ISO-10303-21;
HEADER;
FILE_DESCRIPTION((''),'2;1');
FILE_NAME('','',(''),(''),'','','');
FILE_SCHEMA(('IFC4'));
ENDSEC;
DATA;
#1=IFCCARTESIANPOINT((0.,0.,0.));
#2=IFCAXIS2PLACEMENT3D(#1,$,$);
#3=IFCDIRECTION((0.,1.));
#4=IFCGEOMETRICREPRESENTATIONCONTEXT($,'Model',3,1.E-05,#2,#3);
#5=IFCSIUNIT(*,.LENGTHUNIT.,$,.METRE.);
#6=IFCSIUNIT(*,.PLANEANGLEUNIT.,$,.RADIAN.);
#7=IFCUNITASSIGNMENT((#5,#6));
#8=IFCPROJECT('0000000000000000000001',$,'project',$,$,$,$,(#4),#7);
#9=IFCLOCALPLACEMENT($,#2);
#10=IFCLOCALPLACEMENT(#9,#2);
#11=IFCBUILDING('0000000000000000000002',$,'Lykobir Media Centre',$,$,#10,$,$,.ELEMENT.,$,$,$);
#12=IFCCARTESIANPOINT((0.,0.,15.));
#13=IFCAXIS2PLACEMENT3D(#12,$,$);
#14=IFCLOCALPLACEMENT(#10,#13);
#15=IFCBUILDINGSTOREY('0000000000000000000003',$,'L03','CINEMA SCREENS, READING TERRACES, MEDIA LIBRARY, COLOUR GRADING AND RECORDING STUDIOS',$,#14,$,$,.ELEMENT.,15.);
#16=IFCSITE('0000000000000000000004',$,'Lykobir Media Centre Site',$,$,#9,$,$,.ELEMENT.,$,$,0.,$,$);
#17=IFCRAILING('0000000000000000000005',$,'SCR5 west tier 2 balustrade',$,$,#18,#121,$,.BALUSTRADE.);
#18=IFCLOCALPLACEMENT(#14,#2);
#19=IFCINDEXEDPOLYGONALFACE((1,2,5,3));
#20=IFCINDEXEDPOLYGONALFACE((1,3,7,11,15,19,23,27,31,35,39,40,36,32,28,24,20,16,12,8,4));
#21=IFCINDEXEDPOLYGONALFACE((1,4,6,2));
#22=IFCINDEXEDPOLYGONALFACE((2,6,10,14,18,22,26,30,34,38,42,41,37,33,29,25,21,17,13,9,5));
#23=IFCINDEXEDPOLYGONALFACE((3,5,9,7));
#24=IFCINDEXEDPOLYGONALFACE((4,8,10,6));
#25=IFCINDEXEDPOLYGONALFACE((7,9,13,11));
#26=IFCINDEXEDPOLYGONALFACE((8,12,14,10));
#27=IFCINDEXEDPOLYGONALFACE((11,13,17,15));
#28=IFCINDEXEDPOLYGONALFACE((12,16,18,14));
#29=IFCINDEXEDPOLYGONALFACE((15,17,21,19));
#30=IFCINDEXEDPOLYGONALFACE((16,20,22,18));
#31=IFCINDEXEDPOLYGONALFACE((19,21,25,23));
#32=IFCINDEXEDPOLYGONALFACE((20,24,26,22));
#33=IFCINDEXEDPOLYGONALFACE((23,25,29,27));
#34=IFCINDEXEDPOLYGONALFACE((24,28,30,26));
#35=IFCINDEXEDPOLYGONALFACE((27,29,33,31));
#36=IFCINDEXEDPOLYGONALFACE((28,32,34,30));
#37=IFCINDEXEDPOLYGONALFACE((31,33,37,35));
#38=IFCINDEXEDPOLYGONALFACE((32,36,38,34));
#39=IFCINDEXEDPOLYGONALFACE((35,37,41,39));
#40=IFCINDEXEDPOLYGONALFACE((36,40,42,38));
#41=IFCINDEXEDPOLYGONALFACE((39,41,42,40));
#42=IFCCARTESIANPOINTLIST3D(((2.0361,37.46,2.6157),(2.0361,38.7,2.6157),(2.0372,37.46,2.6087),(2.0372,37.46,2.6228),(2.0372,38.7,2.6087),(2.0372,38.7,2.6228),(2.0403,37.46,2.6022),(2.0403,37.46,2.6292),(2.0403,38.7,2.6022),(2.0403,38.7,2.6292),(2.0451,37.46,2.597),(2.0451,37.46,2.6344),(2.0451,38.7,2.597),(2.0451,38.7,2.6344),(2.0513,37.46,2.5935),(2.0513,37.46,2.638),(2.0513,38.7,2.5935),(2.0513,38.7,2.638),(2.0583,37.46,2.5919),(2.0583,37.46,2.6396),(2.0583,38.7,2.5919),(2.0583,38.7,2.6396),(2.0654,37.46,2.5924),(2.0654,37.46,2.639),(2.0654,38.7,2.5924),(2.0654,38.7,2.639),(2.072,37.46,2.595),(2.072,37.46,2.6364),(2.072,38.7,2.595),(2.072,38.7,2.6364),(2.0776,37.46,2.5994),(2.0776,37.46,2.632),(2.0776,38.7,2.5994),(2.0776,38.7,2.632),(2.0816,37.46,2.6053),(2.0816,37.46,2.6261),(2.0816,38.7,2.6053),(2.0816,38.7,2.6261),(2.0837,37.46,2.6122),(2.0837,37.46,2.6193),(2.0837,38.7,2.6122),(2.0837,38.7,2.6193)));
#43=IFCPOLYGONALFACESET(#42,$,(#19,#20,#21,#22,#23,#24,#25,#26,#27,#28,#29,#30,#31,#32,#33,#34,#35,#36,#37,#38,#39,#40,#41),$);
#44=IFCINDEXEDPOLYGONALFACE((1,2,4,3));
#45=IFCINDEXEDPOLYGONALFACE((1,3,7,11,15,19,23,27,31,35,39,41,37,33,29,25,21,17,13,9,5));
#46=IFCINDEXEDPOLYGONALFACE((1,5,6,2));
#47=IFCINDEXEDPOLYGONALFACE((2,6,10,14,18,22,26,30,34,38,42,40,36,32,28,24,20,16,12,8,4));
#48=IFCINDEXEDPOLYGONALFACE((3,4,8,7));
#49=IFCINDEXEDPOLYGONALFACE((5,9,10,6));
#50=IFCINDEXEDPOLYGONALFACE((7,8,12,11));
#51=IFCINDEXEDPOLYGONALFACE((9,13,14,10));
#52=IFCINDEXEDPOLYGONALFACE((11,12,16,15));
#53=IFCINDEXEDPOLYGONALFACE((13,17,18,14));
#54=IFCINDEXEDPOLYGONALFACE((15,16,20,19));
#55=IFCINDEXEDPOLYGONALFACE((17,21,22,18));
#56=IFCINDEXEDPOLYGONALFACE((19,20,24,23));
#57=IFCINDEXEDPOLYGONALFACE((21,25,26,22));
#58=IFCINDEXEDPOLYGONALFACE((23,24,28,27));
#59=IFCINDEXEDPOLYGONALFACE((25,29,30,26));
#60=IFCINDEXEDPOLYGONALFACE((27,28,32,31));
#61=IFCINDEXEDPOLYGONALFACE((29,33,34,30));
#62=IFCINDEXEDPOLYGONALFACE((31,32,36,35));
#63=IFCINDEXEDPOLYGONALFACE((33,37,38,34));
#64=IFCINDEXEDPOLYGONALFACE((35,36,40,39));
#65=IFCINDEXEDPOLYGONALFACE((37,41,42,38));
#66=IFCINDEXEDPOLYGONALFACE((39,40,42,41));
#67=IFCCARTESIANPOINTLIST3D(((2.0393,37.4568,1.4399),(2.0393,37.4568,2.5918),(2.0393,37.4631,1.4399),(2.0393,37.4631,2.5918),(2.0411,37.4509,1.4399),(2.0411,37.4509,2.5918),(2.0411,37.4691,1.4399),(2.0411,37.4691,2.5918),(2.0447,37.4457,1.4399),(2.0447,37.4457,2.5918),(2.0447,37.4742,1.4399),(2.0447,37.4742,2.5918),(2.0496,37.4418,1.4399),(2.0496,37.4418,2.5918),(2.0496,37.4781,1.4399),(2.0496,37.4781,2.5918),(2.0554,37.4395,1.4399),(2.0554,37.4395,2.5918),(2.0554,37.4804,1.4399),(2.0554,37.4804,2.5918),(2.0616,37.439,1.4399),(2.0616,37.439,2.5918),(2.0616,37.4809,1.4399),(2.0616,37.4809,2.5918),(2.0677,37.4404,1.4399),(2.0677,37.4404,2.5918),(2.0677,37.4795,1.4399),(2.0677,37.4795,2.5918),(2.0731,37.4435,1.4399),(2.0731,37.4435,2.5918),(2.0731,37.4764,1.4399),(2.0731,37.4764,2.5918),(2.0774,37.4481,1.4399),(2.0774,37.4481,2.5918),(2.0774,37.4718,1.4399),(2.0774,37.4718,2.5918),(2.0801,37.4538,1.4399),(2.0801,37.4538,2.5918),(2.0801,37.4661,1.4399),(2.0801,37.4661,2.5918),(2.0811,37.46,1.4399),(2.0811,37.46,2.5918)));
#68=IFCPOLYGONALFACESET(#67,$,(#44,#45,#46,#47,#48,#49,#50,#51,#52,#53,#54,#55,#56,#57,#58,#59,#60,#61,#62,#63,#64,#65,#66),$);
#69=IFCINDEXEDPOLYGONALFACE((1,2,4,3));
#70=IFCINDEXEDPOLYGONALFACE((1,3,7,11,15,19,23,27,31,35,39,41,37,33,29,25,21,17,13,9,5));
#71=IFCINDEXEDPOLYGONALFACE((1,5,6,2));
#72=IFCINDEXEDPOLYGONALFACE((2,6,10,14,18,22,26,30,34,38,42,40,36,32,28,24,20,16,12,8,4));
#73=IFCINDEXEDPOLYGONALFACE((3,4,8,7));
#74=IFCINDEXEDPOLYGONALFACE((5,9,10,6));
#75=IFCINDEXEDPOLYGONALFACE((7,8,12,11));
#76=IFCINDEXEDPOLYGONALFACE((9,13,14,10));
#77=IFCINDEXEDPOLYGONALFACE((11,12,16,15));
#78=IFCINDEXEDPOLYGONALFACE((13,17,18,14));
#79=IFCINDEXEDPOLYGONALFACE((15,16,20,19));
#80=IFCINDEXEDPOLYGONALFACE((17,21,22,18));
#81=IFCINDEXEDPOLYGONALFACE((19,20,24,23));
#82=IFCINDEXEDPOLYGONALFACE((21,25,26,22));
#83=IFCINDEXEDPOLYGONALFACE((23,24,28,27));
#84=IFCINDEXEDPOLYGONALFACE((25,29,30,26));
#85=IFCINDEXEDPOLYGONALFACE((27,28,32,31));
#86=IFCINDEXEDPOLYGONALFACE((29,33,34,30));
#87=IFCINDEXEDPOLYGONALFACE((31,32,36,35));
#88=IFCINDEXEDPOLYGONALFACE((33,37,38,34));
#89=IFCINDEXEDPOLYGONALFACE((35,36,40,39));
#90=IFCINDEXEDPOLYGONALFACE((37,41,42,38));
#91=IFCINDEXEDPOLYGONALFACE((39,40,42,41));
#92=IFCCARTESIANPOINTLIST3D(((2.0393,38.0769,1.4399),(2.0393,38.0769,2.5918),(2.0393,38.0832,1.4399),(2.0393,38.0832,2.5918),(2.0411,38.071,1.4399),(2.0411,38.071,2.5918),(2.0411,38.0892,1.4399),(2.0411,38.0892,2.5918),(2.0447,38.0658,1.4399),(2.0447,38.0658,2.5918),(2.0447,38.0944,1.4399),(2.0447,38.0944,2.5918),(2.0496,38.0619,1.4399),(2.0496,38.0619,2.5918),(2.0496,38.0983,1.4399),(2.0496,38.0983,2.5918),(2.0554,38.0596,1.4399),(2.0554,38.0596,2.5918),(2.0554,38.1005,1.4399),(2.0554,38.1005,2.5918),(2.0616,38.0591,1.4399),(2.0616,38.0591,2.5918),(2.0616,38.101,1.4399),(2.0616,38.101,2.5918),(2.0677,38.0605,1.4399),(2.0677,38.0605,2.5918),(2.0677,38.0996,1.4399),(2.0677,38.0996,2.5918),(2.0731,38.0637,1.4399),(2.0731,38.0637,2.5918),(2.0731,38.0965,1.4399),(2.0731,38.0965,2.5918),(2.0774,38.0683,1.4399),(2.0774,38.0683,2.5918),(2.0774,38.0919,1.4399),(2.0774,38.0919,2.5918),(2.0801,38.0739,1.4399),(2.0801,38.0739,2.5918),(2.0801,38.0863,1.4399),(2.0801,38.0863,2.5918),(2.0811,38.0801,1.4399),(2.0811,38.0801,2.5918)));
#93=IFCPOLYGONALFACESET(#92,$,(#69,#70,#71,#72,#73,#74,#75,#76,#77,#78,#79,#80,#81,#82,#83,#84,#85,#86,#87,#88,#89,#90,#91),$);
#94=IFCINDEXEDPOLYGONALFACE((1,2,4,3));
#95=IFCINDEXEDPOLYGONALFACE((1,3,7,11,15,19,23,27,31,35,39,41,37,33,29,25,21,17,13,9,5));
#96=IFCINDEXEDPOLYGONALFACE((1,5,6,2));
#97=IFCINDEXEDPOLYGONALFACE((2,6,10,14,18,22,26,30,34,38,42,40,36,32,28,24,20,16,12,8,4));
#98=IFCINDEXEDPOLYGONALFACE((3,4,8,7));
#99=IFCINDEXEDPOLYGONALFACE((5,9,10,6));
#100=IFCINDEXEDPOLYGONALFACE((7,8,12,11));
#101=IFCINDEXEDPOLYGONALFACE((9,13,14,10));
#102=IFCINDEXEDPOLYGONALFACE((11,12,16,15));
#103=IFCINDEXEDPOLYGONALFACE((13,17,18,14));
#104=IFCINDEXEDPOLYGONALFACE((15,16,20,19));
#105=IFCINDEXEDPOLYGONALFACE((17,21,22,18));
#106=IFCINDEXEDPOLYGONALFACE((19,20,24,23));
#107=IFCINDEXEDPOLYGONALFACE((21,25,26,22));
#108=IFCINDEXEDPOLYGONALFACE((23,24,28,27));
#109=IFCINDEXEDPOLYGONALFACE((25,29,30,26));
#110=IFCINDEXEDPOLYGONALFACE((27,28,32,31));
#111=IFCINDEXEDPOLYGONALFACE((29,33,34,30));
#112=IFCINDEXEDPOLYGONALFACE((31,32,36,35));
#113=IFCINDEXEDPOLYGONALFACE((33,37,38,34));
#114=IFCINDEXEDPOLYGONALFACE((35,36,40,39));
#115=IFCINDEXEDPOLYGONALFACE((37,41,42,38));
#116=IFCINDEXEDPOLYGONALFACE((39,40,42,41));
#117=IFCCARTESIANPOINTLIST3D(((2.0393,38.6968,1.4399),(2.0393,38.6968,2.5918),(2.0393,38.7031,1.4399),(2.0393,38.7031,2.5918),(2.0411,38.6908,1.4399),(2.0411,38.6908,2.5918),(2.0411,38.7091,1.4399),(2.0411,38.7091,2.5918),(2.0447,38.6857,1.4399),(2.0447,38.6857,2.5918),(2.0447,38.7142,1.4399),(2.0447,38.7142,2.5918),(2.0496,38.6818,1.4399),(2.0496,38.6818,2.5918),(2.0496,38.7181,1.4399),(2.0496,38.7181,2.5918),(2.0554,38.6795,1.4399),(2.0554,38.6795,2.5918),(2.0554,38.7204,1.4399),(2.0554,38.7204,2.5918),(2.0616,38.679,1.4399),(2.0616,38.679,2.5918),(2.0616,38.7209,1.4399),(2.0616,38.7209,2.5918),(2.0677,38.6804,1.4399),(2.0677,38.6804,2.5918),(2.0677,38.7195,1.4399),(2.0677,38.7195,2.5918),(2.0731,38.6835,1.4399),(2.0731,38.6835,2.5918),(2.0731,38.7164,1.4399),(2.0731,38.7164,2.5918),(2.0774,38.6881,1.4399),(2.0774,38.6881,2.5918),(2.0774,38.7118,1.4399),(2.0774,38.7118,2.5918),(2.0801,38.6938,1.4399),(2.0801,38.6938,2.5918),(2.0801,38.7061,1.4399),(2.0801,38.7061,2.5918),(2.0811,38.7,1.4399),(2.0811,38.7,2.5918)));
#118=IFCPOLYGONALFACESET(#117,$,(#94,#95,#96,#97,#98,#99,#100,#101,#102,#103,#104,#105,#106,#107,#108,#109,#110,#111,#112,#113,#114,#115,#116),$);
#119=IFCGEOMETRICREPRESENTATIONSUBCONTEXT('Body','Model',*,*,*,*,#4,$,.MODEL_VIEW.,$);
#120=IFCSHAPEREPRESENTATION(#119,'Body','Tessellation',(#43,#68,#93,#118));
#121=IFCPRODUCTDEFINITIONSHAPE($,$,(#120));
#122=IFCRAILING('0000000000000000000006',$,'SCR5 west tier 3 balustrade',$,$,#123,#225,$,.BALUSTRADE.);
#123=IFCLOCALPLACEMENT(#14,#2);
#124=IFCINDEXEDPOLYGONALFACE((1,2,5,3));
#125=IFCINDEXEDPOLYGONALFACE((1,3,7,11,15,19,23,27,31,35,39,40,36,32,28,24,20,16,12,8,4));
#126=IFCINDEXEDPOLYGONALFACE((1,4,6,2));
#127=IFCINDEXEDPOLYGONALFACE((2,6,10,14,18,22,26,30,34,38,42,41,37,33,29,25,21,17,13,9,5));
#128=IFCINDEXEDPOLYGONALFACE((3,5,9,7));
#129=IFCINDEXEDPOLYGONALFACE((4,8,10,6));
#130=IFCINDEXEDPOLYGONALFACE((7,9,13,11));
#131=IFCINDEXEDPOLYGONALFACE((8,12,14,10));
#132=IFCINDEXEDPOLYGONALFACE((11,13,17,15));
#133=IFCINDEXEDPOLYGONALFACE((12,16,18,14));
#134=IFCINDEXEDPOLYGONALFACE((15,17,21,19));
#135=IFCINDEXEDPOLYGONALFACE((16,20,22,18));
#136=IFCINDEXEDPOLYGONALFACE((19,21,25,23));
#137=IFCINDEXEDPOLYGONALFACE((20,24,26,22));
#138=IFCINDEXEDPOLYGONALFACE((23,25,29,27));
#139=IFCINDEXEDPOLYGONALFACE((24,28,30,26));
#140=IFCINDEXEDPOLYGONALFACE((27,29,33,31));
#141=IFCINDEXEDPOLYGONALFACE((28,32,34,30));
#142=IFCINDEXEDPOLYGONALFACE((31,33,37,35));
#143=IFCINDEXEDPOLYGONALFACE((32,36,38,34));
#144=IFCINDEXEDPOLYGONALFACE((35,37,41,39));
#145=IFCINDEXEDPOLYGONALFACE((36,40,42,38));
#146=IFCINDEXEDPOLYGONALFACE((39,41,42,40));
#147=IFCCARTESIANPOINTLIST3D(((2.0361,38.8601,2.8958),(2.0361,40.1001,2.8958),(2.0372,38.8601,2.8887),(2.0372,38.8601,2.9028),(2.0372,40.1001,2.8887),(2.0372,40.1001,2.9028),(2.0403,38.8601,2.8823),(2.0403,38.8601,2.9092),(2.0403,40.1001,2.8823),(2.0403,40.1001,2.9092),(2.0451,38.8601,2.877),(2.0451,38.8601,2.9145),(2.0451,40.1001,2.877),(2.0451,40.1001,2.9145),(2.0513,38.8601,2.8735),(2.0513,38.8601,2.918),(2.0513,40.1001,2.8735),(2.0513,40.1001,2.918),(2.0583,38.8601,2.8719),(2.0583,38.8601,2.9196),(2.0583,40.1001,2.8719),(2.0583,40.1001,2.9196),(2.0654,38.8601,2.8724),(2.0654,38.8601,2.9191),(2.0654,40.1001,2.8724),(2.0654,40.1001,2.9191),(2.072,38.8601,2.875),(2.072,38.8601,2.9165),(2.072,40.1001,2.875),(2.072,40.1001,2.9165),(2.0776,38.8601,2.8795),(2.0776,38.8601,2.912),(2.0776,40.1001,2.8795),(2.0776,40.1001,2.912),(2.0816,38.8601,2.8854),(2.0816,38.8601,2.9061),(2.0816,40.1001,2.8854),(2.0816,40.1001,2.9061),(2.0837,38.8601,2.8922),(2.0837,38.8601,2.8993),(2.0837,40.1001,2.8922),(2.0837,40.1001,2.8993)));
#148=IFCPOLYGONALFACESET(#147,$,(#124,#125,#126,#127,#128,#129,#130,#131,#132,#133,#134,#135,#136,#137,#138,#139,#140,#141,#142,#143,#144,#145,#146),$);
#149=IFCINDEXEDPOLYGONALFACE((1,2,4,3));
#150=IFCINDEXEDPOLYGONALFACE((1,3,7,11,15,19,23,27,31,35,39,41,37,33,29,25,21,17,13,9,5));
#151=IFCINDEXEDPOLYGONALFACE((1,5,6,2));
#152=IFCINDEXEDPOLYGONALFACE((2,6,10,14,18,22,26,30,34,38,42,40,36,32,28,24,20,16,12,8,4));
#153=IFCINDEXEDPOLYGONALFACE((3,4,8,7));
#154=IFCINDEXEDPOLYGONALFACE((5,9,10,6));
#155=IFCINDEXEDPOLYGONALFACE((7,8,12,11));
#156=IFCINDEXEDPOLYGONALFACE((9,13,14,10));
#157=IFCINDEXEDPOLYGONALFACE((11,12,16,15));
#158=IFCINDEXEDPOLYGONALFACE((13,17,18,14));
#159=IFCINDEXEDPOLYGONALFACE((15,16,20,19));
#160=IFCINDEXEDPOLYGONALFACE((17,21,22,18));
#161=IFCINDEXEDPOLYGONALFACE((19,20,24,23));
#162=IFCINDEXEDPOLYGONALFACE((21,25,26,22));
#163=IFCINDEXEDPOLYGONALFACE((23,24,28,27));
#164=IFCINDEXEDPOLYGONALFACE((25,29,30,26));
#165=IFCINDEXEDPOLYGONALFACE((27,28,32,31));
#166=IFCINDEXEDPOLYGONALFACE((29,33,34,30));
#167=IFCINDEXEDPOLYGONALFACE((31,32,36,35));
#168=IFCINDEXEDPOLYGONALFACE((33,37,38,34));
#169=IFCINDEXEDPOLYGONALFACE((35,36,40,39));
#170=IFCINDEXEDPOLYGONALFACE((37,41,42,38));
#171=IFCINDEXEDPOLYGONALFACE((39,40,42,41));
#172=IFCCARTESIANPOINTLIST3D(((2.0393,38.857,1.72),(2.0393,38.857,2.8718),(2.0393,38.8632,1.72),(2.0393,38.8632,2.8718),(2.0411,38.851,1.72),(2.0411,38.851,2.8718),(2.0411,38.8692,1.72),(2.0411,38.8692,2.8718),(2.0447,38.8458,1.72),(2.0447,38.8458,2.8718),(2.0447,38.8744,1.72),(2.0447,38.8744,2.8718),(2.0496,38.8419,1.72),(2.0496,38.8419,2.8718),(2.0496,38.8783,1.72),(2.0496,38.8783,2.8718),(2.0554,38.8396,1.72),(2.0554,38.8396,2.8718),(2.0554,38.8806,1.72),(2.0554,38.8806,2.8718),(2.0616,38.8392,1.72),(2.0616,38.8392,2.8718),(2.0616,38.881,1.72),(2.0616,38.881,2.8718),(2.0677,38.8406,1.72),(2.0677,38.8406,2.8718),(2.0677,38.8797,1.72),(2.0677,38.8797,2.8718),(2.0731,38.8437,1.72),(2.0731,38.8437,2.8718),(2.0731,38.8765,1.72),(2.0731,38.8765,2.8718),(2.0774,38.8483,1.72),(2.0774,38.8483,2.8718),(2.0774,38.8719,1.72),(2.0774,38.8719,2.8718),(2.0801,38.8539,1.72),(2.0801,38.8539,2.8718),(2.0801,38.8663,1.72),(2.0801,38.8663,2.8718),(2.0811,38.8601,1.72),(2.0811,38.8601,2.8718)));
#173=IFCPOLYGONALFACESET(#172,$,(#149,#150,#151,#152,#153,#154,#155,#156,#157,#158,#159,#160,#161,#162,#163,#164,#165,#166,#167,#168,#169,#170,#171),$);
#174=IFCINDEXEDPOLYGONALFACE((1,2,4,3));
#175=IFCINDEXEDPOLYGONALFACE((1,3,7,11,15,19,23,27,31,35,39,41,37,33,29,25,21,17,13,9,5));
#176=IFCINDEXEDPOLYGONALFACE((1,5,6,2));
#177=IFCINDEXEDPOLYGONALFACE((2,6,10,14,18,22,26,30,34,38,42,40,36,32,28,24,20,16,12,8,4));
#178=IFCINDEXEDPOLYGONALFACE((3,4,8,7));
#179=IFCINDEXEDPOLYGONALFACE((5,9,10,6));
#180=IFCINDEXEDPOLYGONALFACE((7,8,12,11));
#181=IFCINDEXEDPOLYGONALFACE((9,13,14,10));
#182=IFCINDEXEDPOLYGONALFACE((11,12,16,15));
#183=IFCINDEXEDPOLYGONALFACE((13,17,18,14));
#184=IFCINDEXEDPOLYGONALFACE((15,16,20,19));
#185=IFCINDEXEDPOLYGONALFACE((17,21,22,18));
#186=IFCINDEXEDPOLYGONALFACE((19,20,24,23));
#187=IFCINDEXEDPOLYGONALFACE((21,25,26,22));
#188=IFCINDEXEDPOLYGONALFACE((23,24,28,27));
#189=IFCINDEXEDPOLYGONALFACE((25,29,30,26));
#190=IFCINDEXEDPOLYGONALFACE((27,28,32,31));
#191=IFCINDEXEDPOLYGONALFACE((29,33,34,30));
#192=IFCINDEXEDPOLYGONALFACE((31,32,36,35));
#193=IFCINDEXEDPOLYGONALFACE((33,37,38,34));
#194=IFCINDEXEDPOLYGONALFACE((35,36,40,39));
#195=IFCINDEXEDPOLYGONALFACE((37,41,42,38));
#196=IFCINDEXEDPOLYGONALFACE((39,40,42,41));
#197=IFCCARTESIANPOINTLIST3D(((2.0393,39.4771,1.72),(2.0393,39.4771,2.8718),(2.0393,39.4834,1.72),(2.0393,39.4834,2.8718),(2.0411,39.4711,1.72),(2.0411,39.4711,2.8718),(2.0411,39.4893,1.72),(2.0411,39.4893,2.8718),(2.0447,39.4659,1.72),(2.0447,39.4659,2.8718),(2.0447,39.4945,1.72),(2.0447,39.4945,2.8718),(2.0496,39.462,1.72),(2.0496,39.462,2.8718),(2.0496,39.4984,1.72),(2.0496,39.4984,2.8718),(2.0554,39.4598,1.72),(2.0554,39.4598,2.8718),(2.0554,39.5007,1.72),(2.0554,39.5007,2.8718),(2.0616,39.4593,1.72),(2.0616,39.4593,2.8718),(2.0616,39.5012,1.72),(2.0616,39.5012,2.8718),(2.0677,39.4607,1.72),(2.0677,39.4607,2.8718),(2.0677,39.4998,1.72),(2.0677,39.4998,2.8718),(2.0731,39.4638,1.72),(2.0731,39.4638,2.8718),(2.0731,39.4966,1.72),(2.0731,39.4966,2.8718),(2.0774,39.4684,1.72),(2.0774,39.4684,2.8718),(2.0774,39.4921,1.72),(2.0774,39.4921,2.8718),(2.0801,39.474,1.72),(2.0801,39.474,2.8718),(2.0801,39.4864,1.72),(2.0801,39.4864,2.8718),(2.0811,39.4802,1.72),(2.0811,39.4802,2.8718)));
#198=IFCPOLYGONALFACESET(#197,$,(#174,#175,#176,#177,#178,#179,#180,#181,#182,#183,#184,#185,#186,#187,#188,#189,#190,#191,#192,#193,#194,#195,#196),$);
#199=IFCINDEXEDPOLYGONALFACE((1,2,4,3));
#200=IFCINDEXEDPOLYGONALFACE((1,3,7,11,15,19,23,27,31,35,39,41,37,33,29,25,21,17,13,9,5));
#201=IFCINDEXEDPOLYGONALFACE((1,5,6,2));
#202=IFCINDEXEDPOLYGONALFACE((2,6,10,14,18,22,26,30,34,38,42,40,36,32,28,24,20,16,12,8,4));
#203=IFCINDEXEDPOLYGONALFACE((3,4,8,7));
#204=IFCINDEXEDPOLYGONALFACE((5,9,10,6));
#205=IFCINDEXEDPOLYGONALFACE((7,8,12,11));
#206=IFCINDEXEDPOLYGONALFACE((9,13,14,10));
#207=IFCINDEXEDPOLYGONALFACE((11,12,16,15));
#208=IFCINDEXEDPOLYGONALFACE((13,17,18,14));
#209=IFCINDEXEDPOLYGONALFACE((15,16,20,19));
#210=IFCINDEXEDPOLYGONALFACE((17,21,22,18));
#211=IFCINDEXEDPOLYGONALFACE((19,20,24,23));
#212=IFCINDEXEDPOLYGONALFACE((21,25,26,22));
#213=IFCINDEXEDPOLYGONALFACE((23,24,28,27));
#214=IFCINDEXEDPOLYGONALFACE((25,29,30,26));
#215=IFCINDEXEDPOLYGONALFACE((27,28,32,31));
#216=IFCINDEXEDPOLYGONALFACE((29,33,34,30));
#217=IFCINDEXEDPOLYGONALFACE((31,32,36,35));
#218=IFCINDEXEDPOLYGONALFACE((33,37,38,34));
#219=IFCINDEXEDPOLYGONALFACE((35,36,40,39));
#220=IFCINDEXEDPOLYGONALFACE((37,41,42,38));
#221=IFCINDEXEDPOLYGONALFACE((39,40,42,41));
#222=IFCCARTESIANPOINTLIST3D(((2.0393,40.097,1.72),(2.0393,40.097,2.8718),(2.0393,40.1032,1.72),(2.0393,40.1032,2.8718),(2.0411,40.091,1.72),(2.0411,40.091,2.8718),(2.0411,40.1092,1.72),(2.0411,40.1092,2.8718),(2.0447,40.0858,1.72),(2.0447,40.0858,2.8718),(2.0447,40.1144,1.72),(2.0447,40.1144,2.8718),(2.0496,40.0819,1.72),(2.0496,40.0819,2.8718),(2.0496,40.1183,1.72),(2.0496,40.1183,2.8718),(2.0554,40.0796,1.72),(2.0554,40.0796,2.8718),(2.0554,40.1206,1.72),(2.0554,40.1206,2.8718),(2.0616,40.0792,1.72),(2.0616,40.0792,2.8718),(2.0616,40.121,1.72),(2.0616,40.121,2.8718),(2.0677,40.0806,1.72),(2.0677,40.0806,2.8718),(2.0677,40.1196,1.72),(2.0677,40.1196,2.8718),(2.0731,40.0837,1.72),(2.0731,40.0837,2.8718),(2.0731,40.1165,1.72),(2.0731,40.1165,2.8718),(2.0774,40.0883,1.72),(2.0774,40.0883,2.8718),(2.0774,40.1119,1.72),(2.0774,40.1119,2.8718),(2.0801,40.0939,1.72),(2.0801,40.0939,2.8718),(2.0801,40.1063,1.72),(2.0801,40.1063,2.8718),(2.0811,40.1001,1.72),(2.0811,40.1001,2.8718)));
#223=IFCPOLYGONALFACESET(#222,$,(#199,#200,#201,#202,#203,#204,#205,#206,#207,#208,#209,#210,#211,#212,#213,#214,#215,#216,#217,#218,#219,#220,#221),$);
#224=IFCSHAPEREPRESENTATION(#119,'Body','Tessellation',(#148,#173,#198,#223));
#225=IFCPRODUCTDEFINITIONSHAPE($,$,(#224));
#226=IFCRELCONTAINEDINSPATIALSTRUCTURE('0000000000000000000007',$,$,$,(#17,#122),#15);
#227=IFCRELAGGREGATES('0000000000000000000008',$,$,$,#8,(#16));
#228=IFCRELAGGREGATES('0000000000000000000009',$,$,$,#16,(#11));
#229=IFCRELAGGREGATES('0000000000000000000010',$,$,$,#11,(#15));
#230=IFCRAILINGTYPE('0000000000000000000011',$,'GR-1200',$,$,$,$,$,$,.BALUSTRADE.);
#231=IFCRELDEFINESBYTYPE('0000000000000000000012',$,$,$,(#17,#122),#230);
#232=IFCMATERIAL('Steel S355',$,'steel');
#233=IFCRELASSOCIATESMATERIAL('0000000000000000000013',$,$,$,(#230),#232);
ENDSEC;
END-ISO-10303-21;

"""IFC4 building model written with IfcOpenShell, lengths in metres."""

from ifc_helpers import new_model, si_unit, direction, frame, origin, origin_2d, place, context, subcontext, project, spatial, circle, extrude, material, type_object, element, save


model = new_model("IFC4")

# Units and contexts
model_context = context("Model", 3, precision=1e-05, world=origin(), true_north=direction((0.0, 1.0)))
body_context = subcontext(model_context, "Body", "Model", "MODEL_VIEW")
ifc_project = project(units=[si_unit("LENGTHUNIT", "METRE"), si_unit("PLANEANGLEUNIT", "RADIAN")], contexts=[model_context])

# Site, building, storey
site_placement = place(None, origin())
site = spatial("IfcSite", under=ifc_project, at=site_placement, Name="Lykobir Media Centre Site", CompositionType="ELEMENT", RefElevation=0.0)
building_placement = place(site_placement, origin())
building = spatial("IfcBuilding", under=site, at=building_placement, Name="Lykobir Media Centre", CompositionType="ELEMENT")
storey_placement = place(building_placement, frame((0.0, 0.0, 15.0)))
storey = spatial("IfcBuildingStorey", under=building, at=storey_placement, Name="L03", Description="CINEMA SCREENS, READING TERRACES, MEDIA LIBRARY, COLOUR GRADING AND RECORDING STUDIOS", CompositionType="ELEMENT", Elevation=15.0)

# Shared definitions
ifc_material = material(Name="Steel S355", Category="steel")

# Railings
railing_type = type_object("IfcRailingType", Name="GR-1200", PredefinedType="BALUSTRADE", material=ifc_material)
for number, where, name in (
    (1, (2.0601, 37.46, 1.4399), "SCR5 west tier 2 balustrade"),
    (2, (2.0601, 38.8601, 1.72), "SCR5 west tier 3 balustrade"),
):
    element("IfcRailing", number, at=place(storey_placement, frame(where)), inside=storey, type_object=railing_type, Name=name, PredefinedType="BALUSTRADE", context=body_context, shape_type="SweptSolid", body=[
        extrude(circle(Radius=0.0239, at=origin_2d()), frame((0.0, 0.0, 1.1758), z_axis=(0.0, 1.0, 0.0), x_axis=(-1.0, 0.0, 0.0)), (0.0, 0.0, 1.0), 1.24),
        extrude(circle(Radius=0.021, at=origin_2d()), origin(), (0.0, 0.0, 1.0), 1.1519),
        extrude(circle(Radius=0.021, at=origin_2d()), frame((0.0, 0.6201, 0.0)), (0.0, 0.0, 1.0), 1.1519),
        extrude(circle(Radius=0.021, at=origin_2d()), frame((0.0, 1.24, 0.0)), (0.0, 0.0, 1.0), 1.1519),
    ])

save(model, "model.ifc")
